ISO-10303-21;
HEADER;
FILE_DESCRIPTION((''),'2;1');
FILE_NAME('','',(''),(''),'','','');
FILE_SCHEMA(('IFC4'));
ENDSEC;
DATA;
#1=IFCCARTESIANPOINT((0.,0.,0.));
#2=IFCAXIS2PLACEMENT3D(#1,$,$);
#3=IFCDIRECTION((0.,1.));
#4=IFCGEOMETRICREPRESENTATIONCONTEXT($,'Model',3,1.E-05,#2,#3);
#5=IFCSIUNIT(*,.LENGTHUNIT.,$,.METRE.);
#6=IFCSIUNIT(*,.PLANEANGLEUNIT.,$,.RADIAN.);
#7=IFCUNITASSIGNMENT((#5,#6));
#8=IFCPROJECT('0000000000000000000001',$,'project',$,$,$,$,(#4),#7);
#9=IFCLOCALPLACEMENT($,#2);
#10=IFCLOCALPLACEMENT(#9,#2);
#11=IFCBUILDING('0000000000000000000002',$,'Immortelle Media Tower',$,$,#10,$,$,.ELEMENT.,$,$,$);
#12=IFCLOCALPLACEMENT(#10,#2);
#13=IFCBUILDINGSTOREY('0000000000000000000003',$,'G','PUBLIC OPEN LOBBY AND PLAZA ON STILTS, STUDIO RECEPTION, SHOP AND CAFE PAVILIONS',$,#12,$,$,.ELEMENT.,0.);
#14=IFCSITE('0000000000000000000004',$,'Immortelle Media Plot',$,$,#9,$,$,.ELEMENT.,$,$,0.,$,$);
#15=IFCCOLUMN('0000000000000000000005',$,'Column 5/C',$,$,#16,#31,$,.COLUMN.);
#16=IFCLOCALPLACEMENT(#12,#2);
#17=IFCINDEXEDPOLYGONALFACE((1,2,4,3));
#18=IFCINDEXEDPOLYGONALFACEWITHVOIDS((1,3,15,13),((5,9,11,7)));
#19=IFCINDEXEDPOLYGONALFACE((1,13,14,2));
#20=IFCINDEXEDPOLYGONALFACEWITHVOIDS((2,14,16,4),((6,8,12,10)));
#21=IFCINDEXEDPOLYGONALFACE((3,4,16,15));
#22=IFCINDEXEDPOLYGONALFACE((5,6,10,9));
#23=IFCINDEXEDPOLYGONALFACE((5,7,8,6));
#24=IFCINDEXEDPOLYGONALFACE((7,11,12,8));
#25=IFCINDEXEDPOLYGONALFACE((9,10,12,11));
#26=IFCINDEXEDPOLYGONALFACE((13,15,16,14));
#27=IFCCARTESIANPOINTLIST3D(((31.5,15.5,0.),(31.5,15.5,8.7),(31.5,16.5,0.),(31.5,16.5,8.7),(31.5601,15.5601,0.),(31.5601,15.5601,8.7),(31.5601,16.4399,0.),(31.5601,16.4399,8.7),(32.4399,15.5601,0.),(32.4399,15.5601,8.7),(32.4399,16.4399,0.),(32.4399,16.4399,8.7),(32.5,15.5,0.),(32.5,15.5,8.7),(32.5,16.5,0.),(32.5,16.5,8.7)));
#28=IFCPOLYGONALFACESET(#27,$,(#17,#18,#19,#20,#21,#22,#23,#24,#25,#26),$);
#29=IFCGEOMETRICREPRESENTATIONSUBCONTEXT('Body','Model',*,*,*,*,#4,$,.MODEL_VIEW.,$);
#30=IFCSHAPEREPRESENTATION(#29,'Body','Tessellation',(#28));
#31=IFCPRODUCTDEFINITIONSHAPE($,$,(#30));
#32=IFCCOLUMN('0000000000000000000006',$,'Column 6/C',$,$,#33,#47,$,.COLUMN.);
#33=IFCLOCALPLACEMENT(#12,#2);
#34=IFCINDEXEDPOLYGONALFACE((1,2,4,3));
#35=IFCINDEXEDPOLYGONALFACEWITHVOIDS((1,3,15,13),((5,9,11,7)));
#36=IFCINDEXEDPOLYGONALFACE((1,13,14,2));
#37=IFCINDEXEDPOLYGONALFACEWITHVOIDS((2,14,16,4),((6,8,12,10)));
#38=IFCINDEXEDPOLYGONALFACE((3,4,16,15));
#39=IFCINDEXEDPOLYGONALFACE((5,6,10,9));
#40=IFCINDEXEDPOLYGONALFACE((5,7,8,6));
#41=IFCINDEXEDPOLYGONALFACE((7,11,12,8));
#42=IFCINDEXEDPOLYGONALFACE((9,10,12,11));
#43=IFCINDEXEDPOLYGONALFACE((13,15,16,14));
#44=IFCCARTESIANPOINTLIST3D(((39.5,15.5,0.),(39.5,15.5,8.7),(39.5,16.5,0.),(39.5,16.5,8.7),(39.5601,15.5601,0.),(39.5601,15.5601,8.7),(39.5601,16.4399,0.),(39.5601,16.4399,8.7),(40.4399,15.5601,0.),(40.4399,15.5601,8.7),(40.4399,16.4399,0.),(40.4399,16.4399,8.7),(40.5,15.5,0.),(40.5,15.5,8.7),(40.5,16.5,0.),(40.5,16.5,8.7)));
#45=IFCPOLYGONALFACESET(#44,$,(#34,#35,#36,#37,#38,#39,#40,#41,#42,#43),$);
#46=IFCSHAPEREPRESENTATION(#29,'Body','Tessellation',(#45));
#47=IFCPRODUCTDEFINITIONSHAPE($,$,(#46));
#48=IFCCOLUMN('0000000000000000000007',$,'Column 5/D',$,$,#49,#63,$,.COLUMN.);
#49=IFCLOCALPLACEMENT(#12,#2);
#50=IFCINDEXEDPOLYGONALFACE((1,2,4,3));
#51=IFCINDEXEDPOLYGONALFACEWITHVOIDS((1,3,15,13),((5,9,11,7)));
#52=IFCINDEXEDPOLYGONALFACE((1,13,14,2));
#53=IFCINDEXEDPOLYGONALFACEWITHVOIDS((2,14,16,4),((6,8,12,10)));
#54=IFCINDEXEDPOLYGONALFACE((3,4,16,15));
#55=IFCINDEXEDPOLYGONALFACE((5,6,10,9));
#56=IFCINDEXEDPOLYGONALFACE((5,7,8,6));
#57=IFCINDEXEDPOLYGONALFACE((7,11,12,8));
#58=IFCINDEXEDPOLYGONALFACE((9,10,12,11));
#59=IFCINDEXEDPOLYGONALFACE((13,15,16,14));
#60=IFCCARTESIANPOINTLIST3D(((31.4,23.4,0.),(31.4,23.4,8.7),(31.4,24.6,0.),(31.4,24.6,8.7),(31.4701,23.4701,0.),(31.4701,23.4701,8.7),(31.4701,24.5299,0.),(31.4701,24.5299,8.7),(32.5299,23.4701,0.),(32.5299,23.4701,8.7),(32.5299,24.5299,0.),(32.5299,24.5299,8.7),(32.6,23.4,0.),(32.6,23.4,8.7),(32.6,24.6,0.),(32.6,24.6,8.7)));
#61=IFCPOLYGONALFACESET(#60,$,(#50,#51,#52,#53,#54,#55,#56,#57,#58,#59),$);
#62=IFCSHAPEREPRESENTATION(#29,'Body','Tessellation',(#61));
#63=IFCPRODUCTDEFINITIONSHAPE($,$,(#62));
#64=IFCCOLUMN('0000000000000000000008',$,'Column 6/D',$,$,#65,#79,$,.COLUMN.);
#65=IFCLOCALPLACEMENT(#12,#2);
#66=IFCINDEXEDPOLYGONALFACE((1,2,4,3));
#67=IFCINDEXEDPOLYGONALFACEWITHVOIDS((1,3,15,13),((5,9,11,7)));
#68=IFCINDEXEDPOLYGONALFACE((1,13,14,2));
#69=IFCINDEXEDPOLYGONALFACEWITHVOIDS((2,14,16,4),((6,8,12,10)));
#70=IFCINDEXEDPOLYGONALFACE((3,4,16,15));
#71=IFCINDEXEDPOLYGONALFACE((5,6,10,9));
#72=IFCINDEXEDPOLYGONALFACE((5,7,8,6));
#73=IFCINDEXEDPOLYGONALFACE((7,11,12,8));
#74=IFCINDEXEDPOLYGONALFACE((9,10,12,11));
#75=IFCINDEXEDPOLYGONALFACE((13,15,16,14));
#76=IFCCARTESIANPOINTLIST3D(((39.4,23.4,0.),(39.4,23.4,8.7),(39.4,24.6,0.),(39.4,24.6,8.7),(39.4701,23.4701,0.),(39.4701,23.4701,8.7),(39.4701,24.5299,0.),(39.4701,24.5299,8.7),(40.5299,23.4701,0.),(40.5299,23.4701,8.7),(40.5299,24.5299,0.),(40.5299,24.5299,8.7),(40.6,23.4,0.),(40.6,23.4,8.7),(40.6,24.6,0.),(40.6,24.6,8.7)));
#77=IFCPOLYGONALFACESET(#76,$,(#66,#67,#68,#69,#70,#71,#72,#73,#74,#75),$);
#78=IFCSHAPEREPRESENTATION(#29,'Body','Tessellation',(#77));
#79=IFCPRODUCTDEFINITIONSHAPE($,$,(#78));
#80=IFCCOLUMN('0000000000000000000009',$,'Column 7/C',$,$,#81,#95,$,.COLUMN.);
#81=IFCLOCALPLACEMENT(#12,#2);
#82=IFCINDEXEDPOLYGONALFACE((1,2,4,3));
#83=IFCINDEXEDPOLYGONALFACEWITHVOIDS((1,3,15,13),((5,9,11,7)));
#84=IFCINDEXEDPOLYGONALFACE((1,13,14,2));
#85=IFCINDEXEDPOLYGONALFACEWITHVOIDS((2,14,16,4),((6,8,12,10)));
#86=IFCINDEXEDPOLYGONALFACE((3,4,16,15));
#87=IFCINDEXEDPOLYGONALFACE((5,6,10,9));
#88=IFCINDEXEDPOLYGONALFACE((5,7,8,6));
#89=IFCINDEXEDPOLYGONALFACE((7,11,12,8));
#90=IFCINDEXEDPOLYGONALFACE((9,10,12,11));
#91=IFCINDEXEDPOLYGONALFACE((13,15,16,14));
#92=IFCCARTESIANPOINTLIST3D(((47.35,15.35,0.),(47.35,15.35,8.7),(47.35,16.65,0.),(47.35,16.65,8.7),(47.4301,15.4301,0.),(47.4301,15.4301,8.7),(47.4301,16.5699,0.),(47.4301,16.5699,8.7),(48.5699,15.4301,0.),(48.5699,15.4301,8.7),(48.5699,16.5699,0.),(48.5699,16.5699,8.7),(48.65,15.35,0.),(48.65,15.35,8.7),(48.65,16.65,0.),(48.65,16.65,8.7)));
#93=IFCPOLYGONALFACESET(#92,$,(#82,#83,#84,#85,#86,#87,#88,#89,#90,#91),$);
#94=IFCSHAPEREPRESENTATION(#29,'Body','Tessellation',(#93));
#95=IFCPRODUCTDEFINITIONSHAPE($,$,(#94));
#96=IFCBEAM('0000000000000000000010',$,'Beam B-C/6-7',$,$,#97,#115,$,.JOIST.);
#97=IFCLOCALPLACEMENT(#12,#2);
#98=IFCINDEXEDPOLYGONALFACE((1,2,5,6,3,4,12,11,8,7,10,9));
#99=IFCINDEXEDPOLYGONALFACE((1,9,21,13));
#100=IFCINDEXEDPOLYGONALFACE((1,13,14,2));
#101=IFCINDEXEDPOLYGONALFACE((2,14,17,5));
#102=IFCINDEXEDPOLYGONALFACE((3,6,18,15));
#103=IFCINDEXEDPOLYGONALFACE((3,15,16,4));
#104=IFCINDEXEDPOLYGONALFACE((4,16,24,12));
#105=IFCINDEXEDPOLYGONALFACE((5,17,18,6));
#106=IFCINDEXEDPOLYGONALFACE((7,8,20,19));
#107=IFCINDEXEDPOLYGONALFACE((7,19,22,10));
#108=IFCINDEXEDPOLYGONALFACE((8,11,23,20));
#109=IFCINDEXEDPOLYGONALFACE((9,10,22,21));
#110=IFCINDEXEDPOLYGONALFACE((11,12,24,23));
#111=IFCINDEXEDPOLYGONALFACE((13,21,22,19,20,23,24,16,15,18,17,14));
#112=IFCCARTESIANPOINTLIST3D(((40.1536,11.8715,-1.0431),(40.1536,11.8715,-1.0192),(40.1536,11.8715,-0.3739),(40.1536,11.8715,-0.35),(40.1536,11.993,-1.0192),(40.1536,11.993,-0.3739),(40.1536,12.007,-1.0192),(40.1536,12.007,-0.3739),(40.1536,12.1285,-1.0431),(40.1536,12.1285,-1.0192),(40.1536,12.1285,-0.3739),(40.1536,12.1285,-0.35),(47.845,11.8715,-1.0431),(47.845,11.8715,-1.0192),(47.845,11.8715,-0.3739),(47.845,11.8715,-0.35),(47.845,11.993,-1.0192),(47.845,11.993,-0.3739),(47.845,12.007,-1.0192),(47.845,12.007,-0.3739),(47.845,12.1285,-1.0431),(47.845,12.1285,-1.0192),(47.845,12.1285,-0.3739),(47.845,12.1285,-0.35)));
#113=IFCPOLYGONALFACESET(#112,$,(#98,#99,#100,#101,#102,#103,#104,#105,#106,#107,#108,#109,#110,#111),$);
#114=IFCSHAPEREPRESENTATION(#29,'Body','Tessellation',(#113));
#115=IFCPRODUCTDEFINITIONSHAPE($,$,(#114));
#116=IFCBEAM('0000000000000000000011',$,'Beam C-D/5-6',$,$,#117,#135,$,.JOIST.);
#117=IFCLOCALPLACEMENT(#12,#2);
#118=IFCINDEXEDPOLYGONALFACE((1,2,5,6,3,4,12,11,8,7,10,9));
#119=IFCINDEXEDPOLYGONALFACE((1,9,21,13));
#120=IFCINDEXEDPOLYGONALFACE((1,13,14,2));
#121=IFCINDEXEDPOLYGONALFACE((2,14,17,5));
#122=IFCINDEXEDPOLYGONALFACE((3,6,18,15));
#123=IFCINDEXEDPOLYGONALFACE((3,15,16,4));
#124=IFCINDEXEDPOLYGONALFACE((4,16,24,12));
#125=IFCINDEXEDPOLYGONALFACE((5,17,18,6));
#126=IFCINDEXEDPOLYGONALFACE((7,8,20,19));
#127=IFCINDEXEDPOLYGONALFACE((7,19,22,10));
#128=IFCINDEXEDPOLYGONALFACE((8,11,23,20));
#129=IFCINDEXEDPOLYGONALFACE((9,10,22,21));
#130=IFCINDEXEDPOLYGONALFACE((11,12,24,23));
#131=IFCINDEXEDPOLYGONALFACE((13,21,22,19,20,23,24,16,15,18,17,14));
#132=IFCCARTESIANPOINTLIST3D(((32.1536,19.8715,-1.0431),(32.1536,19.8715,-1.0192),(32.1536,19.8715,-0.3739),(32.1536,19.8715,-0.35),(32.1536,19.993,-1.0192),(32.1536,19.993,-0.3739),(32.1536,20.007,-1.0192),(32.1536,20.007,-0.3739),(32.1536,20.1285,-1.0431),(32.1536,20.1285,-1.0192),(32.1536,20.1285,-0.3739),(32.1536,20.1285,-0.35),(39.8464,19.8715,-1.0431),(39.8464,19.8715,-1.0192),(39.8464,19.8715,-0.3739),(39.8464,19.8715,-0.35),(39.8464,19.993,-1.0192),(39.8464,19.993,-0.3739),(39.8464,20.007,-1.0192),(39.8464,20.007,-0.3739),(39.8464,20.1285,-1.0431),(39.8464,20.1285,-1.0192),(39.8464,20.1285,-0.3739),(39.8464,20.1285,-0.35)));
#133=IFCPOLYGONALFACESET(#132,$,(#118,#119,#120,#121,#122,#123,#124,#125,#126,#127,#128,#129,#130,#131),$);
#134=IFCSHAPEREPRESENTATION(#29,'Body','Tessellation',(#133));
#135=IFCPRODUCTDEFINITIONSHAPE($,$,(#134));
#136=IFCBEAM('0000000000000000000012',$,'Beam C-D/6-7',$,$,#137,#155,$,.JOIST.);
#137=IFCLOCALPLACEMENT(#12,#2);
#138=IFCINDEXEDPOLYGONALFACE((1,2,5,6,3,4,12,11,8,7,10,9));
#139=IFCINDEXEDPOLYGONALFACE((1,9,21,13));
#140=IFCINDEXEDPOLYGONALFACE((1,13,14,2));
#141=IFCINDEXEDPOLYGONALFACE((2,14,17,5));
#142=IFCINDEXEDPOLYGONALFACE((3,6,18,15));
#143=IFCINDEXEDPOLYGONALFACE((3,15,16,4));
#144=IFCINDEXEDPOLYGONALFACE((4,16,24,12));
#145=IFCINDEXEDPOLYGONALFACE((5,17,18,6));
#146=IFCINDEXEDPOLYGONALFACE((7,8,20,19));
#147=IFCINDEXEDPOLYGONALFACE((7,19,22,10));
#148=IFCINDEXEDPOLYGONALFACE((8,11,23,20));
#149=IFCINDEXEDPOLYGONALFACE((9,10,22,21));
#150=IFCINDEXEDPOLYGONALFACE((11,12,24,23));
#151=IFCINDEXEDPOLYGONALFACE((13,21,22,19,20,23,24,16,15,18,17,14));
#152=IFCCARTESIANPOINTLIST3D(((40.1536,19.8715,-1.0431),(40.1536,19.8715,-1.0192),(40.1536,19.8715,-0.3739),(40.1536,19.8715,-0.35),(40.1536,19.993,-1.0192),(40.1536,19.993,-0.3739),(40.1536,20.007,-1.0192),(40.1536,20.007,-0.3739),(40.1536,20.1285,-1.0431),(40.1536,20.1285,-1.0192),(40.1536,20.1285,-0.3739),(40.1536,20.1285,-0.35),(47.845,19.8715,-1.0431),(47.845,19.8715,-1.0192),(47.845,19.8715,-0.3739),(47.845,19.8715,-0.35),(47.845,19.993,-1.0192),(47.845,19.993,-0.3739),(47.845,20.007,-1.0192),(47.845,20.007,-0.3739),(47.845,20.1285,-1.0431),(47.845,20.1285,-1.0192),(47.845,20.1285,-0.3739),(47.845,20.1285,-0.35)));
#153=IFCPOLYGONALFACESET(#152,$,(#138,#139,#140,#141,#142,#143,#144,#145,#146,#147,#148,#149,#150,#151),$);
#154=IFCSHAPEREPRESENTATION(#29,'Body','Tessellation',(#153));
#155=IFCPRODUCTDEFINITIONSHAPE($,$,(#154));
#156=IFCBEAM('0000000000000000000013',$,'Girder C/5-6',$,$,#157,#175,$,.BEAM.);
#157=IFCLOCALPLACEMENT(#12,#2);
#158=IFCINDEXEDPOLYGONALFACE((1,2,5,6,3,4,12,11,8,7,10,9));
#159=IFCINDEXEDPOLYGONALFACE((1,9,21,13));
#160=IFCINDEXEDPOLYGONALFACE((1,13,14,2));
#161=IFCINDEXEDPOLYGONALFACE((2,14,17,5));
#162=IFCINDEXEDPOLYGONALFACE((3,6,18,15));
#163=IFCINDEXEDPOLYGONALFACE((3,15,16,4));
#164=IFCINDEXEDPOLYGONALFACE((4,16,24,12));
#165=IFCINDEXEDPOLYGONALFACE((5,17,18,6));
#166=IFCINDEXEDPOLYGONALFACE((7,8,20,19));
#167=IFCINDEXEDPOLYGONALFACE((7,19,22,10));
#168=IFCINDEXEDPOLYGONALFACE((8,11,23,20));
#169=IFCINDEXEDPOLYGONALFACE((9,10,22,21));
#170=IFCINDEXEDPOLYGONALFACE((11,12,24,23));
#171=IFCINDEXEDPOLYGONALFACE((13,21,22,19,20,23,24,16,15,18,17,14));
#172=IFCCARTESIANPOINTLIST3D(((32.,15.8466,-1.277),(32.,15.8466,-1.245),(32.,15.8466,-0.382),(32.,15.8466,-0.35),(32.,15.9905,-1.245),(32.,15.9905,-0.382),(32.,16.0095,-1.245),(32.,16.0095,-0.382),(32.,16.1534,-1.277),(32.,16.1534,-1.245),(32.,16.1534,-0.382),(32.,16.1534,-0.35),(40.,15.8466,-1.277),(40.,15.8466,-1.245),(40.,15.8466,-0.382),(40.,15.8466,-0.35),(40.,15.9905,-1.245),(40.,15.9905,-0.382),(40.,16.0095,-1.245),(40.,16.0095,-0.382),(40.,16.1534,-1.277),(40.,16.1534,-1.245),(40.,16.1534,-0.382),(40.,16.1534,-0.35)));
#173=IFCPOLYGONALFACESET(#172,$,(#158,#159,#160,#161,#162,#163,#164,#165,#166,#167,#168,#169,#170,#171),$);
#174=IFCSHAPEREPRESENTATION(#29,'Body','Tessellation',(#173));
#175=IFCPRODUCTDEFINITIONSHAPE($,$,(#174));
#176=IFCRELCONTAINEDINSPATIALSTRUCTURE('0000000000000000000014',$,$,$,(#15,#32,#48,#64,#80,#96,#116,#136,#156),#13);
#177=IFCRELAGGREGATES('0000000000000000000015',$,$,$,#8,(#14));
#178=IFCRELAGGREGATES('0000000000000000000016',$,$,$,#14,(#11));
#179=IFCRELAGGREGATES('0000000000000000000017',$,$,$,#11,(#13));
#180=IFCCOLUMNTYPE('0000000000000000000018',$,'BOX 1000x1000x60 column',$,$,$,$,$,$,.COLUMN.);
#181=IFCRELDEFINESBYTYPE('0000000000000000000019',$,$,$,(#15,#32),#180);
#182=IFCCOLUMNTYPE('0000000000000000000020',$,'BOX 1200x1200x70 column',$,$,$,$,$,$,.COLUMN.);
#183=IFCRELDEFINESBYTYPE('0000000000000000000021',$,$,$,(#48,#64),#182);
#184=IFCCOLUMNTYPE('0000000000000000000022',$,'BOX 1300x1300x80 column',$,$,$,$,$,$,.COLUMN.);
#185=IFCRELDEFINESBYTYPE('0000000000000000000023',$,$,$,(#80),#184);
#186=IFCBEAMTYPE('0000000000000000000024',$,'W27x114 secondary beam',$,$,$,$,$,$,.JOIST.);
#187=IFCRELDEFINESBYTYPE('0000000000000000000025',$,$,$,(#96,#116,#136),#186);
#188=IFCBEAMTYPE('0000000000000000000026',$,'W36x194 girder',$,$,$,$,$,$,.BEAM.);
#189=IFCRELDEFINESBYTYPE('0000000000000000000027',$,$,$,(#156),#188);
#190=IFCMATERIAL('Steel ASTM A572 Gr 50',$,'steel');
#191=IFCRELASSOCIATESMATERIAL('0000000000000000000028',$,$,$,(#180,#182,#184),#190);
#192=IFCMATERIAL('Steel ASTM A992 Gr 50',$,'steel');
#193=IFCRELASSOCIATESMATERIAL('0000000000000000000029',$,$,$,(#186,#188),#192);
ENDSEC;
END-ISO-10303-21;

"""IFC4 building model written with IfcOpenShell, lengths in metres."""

from ifc_helpers import new_model, si_unit, direction, frame, origin, origin_2d, place, context, subcontext, project, spatial, hollow_rectangle, i_section, extrude, material, material_profile, profile_set, type_object, element, save


model = new_model("IFC4")

# Units and contexts
model_context = context("Model", 3, precision=1e-05, world=origin(), true_north=direction((0.0, 1.0)))
body_context = subcontext(model_context, "Body", "Model", "MODEL_VIEW")
ifc_project = project(units=[si_unit("LENGTHUNIT", "METRE"), si_unit("PLANEANGLEUNIT", "RADIAN")], contexts=[model_context])

# Site, building, storey
site_placement = place(None, origin())
site = spatial("IfcSite", under=ifc_project, at=site_placement, Name="Immortelle Media Plot", CompositionType="ELEMENT", RefElevation=0.0)
building_placement = place(site_placement, origin())
building = spatial("IfcBuilding", under=site, at=building_placement, Name="Immortelle Media Tower", CompositionType="ELEMENT")
storey_placement = place(building_placement, origin())
storey = spatial("IfcBuildingStorey", under=building, at=storey_placement, Name="G", Description="PUBLIC OPEN LOBBY AND PLAZA ON STILTS, STUDIO RECEPTION, SHOP AND CAFE PAVILIONS", CompositionType="ELEMENT", Elevation=0.0)

# Columns
ifc_material_1 = material(Name="Steel ASTM A572 Gr 50", Category="steel")
ifc_material_profile_1 = material_profile(ifc_material_1, hollow_rectangle(XDim=1.0, YDim=1.0, WallThickness=0.0601, at=origin_2d()), Name="BOX 1000x1000x60 column")
ifc_profile_set_1 = profile_set([ifc_material_profile_1], Name="Steel ASTM A572 Gr 50")
column_type_1 = type_object("IfcColumnType", Name="BOX 1000x1000x60 column", PredefinedType="COLUMN", material=ifc_profile_set_1)
for number, where, z_axis, x_axis, name in (
    (1, (32.0, 16.0, 0.0), (0.0, 0.0, 1.0), (1.0, 0.0, 0.0), "Column 5/C"),
    (2, (40.0, 16.0, 0.0), (0.0, 0.0, 1.0), (1.0, 0.0, 0.0), "Column 6/C"),
):
    element("IfcColumn", number, at=place(storey_placement, frame(where, z_axis=z_axis, x_axis=x_axis)), inside=storey, type_object=column_type_1, Name=name, PredefinedType="COLUMN", context=body_context, shape_type="SweptSolid", body=[
        extrude(hollow_rectangle(XDim=1.0, YDim=1.0, WallThickness=0.0601, at=origin_2d()), origin(), (0.0, 0.0, 1.0), 8.7),
    ])
ifc_material_profile_2 = material_profile(ifc_material_1, hollow_rectangle(XDim=1.2, YDim=1.2, WallThickness=0.0701, at=origin_2d()), Name="BOX 1200x1200x70 column")
ifc_profile_set_2 = profile_set([ifc_material_profile_2], Name="Steel ASTM A572 Gr 50")
column_type_2 = type_object("IfcColumnType", Name="BOX 1200x1200x70 column", PredefinedType="COLUMN", material=ifc_profile_set_2)
for number, where, z_axis, x_axis, name in (
    (3, (32.0, 24.0, 0.0), (0.0, 0.0, 1.0), (1.0, 0.0, 0.0), "Column 5/D"),
    (4, (40.0, 24.0, 0.0), (0.0, 0.0, 1.0), (1.0, 0.0, 0.0), "Column 6/D"),
):
    element("IfcColumn", number, at=place(storey_placement, frame(where, z_axis=z_axis, x_axis=x_axis)), inside=storey, type_object=column_type_2, Name=name, PredefinedType="COLUMN", context=body_context, shape_type="SweptSolid", body=[
        extrude(hollow_rectangle(XDim=1.2, YDim=1.2, WallThickness=0.0701, at=origin_2d()), origin(), (0.0, 0.0, 1.0), 8.7),
    ])
ifc_material_profile_3 = material_profile(ifc_material_1, hollow_rectangle(XDim=1.3, YDim=1.3, WallThickness=0.0801, at=origin_2d()), Name="BOX 1300x1300x80 column")
ifc_profile_set_3 = profile_set([ifc_material_profile_3], Name="Steel ASTM A572 Gr 50")
column_type_3 = type_object("IfcColumnType", Name="BOX 1300x1300x80 column", PredefinedType="COLUMN", material=ifc_profile_set_3)
column_placement = place(storey_placement, frame((48.0, 16.0, 0.0), z_axis=(0.0, 0.0, 1.0), x_axis=(1.0, 0.0, 0.0)))
element("IfcColumn", 5, at=column_placement, inside=storey, type_object=column_type_3, Name="Column 7/C", PredefinedType="COLUMN", context=body_context, shape_type="SweptSolid", body=[
    extrude(hollow_rectangle(XDim=1.3, YDim=1.3, WallThickness=0.0801, at=origin_2d()), origin(), (0.0, 0.0, 1.0), 8.7),
])

# Beams
ifc_material_2 = material(Name="Steel ASTM A992 Gr 50", Category="steel")
ifc_material_profile_4 = material_profile(ifc_material_2, i_section(OverallWidth=0.2571, OverallDepth=0.6931, WebThickness=0.0139, FlangeThickness=0.0239, at=origin_2d()), Name="W27x114")
ifc_profile_set_4 = profile_set([ifc_material_profile_4], Name="Steel ASTM A992 Gr 50")
beam_type_1 = type_object("IfcBeamType", Name="W27x114 secondary beam", PredefinedType="JOIST", material=ifc_profile_set_4)
beam_1_placement = place(storey_placement, frame((40.1536, 12.0, -0.6965), z_axis=(1.0, 0.0, 0.0), x_axis=(0.0, 1.0, 0.0)))
element("IfcBeam", 6, at=beam_1_placement, inside=storey, type_object=beam_type_1, Name="Beam B-C/6-7", PredefinedType="JOIST", context=body_context, shape_type="SweptSolid", body=[
    extrude(i_section(OverallWidth=0.2571, OverallDepth=0.6931, WebThickness=0.0139, FlangeThickness=0.0239, at=origin_2d()), origin(), (0.0, 0.0, 1.0), 7.6914),
])
beam_2_placement = place(storey_placement, frame((32.1536, 20.0, -0.6965), z_axis=(1.0, 0.0, 0.0), x_axis=(0.0, 1.0, 0.0)))
element("IfcBeam", 7, at=beam_2_placement, inside=storey, type_object=beam_type_1, Name="Beam C-D/5-6", PredefinedType="JOIST", context=body_context, shape_type="SweptSolid", body=[
    extrude(i_section(OverallWidth=0.2571, OverallDepth=0.6931, WebThickness=0.0139, FlangeThickness=0.0239, at=origin_2d()), origin(), (0.0, 0.0, 1.0), 7.6929),
])
beam_3_placement = place(storey_placement, frame((40.1536, 20.0, -0.6965), z_axis=(1.0, 0.0, 0.0), x_axis=(0.0, 1.0, 0.0)))
element("IfcBeam", 8, at=beam_3_placement, inside=storey, type_object=beam_type_1, Name="Beam C-D/6-7", PredefinedType="JOIST", context=body_context, shape_type="SweptSolid", body=[
    extrude(i_section(OverallWidth=0.2571, OverallDepth=0.6931, WebThickness=0.0139, FlangeThickness=0.0239, at=origin_2d()), origin(), (0.0, 0.0, 1.0), 7.6914),
])
ifc_material_profile_5 = material_profile(ifc_material_2, i_section(OverallWidth=0.3069, OverallDepth=0.927, WebThickness=0.019, FlangeThickness=0.032, at=origin_2d()), Name="W36x194")
ifc_profile_set_5 = profile_set([ifc_material_profile_5], Name="Steel ASTM A992 Gr 50")
beam_type_2 = type_object("IfcBeamType", Name="W36x194 girder", PredefinedType="BEAM", material=ifc_profile_set_5)
for number, where, z_axis, x_axis, name in (
    (9, (32.0, 16.0, -0.8135), (1.0, 0.0, 0.0), (0.0, 1.0, 0.0), "Girder C/5-6"),
):
    element("IfcBeam", number, at=place(storey_placement, frame(where, z_axis=z_axis, x_axis=x_axis)), inside=storey, type_object=beam_type_2, Name=name, PredefinedType="BEAM", context=body_context, shape_type="SweptSolid", body=[
        extrude(i_section(OverallWidth=0.3069, OverallDepth=0.927, WebThickness=0.019, FlangeThickness=0.032, at=origin_2d()), origin(), (0.0, 0.0, 1.0), 8.0),
    ])

save(model, "model.ifc")
